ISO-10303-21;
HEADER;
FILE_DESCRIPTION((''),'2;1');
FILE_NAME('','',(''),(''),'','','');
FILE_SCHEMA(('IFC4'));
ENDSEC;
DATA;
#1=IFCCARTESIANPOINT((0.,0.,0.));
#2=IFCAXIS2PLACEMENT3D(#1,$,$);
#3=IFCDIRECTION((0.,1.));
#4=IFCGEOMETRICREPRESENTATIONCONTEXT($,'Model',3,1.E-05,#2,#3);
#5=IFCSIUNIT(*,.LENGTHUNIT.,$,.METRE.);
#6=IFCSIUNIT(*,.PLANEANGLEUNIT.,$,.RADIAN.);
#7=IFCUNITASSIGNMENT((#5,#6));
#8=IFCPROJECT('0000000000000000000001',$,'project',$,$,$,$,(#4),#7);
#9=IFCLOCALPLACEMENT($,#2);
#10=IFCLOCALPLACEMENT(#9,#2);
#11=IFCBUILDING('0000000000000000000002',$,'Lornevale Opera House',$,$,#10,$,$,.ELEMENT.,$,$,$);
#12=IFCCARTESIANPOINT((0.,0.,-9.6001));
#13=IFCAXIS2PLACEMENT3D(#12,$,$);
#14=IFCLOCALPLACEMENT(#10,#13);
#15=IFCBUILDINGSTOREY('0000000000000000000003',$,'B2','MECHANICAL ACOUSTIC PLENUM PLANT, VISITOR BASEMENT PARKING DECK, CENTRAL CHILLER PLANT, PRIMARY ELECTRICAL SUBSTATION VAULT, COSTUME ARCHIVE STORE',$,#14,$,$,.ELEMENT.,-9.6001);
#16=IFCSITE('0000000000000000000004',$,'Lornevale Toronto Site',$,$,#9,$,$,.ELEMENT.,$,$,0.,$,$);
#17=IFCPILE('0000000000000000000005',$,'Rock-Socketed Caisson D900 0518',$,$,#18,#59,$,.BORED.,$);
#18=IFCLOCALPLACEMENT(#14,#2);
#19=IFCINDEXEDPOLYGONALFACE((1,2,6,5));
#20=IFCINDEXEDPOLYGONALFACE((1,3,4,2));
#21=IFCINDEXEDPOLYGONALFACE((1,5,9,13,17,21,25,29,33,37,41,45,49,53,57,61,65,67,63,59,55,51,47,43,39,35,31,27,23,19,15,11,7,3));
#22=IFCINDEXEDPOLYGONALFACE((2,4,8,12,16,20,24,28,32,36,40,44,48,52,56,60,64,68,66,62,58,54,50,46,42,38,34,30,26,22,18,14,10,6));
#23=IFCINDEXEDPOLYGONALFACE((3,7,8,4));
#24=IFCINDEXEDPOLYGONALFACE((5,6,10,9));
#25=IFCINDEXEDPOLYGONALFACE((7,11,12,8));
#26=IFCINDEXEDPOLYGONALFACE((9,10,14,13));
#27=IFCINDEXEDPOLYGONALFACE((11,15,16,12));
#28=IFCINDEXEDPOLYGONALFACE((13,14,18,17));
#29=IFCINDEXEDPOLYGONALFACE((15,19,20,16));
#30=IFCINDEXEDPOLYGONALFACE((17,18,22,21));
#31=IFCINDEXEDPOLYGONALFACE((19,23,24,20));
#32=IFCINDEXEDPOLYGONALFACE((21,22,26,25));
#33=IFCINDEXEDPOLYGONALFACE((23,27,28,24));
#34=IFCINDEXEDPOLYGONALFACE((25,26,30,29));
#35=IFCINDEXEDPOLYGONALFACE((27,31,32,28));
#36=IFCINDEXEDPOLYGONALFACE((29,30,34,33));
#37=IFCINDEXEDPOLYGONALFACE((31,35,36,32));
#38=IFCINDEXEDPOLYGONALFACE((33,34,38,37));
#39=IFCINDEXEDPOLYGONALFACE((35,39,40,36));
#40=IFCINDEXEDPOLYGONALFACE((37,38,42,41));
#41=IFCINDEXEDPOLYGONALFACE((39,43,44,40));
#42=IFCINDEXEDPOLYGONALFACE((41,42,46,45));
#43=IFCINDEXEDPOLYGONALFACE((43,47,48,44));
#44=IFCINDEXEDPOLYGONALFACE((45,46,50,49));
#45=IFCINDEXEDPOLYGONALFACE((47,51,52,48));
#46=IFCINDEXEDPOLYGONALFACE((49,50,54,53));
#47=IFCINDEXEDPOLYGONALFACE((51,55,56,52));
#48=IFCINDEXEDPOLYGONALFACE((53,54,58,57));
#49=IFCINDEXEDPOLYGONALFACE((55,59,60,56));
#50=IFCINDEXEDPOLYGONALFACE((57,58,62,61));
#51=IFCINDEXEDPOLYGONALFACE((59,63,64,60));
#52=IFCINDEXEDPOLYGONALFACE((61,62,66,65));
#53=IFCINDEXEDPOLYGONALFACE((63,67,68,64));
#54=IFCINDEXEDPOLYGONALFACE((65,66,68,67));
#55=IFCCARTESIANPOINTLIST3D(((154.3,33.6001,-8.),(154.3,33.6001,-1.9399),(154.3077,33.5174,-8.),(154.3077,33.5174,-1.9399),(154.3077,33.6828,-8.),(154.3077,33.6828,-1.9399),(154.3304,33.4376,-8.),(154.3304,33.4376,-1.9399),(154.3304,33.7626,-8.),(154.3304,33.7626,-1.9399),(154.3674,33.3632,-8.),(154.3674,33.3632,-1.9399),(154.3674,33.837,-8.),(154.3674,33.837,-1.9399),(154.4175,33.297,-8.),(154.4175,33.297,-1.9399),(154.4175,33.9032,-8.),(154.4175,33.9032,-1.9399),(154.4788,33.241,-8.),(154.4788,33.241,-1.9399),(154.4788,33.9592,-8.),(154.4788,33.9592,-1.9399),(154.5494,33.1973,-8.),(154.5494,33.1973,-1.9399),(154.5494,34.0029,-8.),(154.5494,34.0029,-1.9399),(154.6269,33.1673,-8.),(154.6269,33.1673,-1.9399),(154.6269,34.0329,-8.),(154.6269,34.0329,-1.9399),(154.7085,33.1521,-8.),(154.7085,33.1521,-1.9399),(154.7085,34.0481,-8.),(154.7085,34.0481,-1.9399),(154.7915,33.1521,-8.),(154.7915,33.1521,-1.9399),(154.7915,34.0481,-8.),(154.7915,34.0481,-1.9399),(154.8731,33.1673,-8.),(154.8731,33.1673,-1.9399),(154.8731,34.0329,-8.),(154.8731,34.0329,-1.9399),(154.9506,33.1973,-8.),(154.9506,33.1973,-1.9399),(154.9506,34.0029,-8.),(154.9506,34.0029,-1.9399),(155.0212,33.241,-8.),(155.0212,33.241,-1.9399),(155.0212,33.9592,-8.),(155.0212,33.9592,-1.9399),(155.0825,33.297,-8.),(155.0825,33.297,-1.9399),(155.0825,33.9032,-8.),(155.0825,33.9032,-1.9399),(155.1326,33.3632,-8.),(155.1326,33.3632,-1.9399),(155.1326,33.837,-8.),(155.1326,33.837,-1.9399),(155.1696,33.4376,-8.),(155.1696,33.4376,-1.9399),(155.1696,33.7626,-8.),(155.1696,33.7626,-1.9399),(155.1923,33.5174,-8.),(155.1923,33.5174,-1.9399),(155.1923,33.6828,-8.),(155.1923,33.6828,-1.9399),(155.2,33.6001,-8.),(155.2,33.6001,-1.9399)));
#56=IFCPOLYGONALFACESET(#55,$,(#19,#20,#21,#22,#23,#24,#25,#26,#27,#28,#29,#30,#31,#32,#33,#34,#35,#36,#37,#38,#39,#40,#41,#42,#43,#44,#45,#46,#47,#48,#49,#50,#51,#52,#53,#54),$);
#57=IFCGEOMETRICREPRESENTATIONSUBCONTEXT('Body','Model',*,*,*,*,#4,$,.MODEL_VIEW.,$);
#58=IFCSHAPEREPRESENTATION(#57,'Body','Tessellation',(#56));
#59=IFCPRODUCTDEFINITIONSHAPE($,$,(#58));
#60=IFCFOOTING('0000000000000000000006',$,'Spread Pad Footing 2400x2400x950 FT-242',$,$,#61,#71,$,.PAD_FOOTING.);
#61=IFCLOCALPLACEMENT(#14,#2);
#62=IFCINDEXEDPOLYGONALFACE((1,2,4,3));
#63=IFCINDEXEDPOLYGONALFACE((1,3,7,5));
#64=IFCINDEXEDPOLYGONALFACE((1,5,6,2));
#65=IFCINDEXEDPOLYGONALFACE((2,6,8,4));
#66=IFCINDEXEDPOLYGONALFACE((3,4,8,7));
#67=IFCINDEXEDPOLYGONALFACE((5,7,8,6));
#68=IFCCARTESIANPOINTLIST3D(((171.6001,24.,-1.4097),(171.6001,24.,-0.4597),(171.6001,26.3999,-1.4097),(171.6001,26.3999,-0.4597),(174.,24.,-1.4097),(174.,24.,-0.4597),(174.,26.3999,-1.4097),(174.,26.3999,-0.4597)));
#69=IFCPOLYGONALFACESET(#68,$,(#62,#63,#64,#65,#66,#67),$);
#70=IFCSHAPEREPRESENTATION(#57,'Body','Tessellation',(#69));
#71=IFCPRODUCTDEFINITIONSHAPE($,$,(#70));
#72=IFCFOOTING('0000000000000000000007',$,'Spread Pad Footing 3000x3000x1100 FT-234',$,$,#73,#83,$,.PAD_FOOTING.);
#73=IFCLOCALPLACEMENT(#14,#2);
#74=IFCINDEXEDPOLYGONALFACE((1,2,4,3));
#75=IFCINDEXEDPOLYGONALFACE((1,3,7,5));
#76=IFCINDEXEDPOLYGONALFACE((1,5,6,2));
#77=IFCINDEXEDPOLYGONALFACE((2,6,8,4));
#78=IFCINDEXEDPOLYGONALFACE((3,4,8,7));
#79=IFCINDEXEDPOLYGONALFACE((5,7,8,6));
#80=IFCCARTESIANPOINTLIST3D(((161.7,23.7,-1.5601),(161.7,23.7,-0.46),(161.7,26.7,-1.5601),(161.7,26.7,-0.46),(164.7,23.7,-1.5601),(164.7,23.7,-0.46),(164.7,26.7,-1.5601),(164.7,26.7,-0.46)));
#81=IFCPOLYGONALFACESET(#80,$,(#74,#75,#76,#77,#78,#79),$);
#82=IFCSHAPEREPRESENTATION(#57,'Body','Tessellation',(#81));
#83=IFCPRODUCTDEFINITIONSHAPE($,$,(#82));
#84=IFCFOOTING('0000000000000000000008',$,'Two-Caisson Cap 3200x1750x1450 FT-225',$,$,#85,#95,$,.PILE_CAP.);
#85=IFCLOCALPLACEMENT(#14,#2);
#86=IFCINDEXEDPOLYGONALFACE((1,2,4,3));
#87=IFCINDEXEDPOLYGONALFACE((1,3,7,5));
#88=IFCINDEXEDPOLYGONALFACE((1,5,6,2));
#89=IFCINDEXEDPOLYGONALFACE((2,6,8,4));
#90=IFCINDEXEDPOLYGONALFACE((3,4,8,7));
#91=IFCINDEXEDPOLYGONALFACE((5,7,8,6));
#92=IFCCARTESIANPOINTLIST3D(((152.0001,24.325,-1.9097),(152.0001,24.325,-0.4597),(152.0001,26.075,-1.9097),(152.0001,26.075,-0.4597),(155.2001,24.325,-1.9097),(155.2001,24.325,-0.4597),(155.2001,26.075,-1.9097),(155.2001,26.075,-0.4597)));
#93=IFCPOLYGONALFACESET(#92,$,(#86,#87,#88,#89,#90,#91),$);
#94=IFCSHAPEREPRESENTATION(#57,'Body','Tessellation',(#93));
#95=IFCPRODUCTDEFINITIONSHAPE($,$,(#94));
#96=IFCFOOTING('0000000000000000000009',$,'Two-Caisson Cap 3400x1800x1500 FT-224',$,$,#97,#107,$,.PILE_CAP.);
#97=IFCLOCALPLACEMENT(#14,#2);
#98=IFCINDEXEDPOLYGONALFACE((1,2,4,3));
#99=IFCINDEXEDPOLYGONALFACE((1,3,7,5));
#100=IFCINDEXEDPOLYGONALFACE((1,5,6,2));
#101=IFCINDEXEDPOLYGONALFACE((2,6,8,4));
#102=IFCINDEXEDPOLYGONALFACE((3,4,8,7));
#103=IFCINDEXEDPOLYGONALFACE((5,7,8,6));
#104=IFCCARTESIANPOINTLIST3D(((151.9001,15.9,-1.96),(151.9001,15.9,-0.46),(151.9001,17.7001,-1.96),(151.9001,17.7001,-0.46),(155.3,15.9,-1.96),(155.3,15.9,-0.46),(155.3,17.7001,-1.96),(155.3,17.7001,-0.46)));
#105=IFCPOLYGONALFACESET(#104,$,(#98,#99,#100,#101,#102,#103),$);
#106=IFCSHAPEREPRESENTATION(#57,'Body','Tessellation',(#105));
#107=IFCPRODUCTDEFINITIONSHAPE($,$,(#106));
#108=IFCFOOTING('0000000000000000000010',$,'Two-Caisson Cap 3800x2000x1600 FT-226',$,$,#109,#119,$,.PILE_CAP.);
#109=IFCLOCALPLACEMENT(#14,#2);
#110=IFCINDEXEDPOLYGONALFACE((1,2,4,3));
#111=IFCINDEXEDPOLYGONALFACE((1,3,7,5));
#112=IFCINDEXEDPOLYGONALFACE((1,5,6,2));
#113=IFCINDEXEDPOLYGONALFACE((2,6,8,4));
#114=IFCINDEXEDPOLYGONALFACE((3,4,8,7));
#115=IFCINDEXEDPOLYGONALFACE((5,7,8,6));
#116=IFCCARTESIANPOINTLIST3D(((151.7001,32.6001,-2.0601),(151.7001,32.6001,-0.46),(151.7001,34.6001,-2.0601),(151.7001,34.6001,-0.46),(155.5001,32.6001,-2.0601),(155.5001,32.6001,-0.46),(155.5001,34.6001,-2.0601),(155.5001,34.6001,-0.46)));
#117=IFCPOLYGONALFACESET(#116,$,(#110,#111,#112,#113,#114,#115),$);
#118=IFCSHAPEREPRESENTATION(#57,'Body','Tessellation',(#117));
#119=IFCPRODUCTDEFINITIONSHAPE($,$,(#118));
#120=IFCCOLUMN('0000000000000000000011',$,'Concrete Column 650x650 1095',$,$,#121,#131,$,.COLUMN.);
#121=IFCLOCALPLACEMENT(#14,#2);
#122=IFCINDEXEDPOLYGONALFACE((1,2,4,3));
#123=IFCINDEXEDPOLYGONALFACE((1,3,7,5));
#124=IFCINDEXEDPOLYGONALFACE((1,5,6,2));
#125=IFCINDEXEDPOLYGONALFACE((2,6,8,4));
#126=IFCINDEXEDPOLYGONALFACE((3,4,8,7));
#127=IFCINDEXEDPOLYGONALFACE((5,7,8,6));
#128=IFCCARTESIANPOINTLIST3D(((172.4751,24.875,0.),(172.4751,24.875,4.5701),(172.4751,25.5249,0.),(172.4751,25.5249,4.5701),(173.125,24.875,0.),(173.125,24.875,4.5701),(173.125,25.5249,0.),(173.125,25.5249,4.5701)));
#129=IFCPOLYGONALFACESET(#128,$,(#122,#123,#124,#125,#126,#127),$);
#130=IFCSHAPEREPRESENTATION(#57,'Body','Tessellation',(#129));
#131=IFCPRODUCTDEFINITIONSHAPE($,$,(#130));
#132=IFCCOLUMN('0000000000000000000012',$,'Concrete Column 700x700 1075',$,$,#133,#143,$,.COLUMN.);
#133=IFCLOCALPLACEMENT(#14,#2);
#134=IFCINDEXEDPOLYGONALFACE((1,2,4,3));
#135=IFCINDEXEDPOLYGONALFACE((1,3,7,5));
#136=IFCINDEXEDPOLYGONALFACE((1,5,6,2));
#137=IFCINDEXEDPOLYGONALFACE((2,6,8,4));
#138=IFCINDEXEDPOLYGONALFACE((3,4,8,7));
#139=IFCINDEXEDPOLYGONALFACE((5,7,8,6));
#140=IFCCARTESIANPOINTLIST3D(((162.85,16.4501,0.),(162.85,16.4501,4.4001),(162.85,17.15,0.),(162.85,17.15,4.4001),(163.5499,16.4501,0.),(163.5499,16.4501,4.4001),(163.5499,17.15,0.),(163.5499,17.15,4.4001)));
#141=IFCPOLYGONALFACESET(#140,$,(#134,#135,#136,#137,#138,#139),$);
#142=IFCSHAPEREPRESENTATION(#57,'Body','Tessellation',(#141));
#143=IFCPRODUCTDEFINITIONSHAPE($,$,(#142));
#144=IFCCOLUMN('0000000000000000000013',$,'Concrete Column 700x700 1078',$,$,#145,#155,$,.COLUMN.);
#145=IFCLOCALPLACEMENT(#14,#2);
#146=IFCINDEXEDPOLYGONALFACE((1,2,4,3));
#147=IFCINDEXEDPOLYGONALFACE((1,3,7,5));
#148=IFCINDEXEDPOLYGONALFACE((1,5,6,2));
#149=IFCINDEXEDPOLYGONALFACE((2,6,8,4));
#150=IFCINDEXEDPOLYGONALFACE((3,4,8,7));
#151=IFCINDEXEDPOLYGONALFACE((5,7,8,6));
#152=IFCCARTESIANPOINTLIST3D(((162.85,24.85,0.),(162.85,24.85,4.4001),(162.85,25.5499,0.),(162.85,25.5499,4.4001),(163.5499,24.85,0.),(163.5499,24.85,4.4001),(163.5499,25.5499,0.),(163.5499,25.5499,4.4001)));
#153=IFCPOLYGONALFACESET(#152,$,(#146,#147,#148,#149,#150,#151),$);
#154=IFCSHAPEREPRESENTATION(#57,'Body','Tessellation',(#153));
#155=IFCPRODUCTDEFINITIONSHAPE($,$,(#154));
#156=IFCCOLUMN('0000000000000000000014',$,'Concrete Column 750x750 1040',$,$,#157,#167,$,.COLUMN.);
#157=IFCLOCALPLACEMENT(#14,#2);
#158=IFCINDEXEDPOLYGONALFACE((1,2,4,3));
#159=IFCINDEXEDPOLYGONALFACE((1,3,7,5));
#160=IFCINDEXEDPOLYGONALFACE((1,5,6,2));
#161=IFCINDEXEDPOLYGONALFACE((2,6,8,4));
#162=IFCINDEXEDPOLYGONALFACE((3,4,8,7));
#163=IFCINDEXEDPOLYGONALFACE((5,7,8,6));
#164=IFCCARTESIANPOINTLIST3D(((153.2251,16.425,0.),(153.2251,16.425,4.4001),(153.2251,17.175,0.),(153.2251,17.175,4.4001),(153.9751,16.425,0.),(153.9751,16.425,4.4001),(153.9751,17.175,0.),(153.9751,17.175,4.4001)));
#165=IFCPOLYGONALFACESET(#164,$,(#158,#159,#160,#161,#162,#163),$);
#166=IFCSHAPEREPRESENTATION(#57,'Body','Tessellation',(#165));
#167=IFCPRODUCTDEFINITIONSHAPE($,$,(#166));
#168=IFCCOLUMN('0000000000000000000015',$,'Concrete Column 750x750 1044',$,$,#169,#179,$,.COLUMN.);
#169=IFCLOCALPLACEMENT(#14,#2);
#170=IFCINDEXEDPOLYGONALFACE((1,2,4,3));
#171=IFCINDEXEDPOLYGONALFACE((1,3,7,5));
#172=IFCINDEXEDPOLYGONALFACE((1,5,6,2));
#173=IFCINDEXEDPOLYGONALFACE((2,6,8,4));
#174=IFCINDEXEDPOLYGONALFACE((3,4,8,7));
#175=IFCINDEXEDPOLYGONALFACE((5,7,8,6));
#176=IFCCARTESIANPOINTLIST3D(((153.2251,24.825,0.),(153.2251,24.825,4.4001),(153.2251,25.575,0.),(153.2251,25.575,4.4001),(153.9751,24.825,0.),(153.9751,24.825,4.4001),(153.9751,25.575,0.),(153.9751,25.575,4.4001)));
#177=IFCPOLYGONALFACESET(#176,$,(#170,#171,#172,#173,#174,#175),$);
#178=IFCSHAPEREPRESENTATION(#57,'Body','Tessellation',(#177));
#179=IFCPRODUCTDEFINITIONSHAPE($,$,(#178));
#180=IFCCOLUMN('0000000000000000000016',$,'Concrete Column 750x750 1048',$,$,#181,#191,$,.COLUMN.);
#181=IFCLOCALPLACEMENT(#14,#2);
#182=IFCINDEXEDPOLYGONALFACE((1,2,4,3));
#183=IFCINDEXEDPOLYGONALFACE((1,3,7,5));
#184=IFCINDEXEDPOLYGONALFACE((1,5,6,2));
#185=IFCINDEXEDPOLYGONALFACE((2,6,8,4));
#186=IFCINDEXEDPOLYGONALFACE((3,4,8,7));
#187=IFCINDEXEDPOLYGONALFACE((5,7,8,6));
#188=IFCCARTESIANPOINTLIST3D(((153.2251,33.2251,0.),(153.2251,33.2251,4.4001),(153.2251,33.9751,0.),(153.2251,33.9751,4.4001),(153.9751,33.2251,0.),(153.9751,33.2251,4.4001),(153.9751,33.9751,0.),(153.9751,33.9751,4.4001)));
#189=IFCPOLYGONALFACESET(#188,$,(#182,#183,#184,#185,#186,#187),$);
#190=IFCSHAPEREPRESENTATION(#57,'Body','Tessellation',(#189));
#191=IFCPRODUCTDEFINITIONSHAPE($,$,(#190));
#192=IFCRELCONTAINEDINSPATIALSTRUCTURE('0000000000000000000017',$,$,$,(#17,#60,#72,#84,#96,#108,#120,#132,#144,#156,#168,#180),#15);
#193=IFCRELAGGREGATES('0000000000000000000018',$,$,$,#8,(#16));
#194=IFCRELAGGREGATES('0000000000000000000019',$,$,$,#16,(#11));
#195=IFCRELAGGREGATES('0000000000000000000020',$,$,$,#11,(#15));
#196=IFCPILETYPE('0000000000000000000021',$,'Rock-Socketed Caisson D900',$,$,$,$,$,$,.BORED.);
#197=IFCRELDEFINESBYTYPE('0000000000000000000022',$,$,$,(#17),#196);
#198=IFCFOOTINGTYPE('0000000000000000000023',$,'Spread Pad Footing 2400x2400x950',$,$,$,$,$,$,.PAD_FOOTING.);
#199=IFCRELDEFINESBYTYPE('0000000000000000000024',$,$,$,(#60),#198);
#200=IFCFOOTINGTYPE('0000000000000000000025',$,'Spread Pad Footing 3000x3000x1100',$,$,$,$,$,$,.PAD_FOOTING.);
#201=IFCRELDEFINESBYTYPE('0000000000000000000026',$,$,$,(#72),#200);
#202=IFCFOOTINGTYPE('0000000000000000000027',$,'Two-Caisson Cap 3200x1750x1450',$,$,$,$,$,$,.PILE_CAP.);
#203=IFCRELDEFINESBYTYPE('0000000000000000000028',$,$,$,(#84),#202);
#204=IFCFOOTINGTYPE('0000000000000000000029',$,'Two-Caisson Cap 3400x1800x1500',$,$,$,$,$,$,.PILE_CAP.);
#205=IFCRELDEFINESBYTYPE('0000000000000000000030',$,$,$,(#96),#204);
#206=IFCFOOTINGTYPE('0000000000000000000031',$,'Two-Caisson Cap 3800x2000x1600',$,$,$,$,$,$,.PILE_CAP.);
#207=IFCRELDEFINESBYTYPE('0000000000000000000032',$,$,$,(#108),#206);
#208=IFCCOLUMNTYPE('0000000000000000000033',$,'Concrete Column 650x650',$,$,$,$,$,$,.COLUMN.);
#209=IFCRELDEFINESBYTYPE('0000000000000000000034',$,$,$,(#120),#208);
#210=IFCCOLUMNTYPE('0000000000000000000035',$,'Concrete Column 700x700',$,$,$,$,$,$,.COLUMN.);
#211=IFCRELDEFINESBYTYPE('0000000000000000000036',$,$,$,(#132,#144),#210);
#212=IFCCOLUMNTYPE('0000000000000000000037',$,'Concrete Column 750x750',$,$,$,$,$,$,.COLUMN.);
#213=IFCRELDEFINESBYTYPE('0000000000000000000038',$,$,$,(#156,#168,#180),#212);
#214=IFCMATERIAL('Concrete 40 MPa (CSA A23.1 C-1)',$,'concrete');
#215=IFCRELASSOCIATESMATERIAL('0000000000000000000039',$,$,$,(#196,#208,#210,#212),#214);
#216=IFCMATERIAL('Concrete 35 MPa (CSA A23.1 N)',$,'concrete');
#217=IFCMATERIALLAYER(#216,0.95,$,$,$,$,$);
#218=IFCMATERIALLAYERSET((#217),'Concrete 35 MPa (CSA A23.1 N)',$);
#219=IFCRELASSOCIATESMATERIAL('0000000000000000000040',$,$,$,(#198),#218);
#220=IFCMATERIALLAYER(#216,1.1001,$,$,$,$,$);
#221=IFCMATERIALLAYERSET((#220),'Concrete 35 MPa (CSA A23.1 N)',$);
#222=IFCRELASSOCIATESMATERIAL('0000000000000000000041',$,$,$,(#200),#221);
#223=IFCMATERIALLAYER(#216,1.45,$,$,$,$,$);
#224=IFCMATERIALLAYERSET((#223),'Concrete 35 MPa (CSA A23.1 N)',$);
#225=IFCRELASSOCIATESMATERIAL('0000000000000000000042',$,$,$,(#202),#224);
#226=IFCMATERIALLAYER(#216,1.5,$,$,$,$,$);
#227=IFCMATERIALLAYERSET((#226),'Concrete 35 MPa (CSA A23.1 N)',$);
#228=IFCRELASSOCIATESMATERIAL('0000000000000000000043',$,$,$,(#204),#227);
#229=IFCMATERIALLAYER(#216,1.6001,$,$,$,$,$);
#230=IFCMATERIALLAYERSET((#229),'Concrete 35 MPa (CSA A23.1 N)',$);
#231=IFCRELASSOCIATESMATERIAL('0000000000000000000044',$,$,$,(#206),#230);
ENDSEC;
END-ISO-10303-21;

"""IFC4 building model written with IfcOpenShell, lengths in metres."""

from ifc_helpers import new_model, si_unit, direction, frame, origin, origin_2d, place, context, subcontext, project, spatial, rectangle, circle, extrude, material, layer, layer_set, material_profile, profile_set, type_object, element, save


model = new_model("IFC4")

# Units and contexts
model_context = context("Model", 3, precision=1e-05, world=origin(), true_north=direction((0.0, 1.0)))
body_context = subcontext(model_context, "Body", "Model", "MODEL_VIEW")
ifc_project = project(units=[si_unit("LENGTHUNIT", "METRE"), si_unit("PLANEANGLEUNIT", "RADIAN")], contexts=[model_context])

# Site, building, storey
site_placement = place(None, origin())
site = spatial("IfcSite", under=ifc_project, at=site_placement, Name="Lornevale Toronto Site", CompositionType="ELEMENT", RefElevation=0.0)
building_placement = place(site_placement, origin())
building = spatial("IfcBuilding", under=site, at=building_placement, Name="Lornevale Opera House", CompositionType="ELEMENT")
storey_placement = place(building_placement, frame((0.0, 0.0, -9.6001)))
storey = spatial("IfcBuildingStorey", under=building, at=storey_placement, Name="B2", Description="MECHANICAL ACOUSTIC PLENUM PLANT, VISITOR BASEMENT PARKING DECK, CENTRAL CHILLER PLANT, PRIMARY ELECTRICAL SUBSTATION VAULT, COSTUME ARCHIVE STORE", CompositionType="ELEMENT", Elevation=-9.6001)

# Shared definitions
ifc_material_1 = material(Name="Concrete 35 MPa (CSA A23.1 N)", Category="concrete")

# Shared definitions
ifc_material_2 = material(Name="Concrete 40 MPa (CSA A23.1 C-1)", Category="concrete")

# Pile
ifc_material_profile_1 = material_profile(ifc_material_2, circle(Radius=0.45, at=origin_2d()), Name="CAIS900")
ifc_profile_set_1 = profile_set([ifc_material_profile_1], Name="Concrete 40 MPa (CSA A23.1 C-1)")
pile_type_1 = type_object("IfcPileType", Name="Rock-Socketed Caisson D900", PredefinedType="BORED", material=ifc_profile_set_1)
pile_1_placement = place(storey_placement, frame((154.75, 33.6001, -1.9399), z_axis=(0.0, 0.0, -1.0), x_axis=(1.0, 0.0, 0.0)))
element("IfcPile", 1, at=pile_1_placement, inside=storey, type_object=pile_type_1, Name="Rock-Socketed Caisson D900 0518", PredefinedType="BORED", context=body_context, shape_type="SweptSolid", body=[
    extrude(circle(Radius=0.45, at=origin_2d()), origin(), (0.0, 0.0, 1.0), 6.0601),
])

# Footings
ifc_layer_1 = layer(ifc_material_1, 0.95)
ifc_layer_set_1 = layer_set([ifc_layer_1], Name="Concrete 35 MPa (CSA A23.1 N)")
footing_type_1 = type_object("IfcFootingType", Name="Spread Pad Footing 2400x2400x950", PredefinedType="PAD_FOOTING", material=ifc_layer_set_1)
footing_1_placement = place(storey_placement, frame((172.8, 25.2, -1.4097), z_axis=(0.0, 0.0, 1.0), x_axis=(1.0, 0.0, 0.0)))
element("IfcFooting", 2, at=footing_1_placement, inside=storey, type_object=footing_type_1, Name="Spread Pad Footing 2400x2400x950 FT-242", PredefinedType="PAD_FOOTING", context=body_context, shape_type="SweptSolid", body=[
    extrude(rectangle(XDim=2.3999, YDim=2.3999, at=origin_2d()), origin(), (0.0, 0.0, 1.0), 0.95),
])
ifc_layer_2 = layer(ifc_material_1, 1.1001)
ifc_layer_set_2 = layer_set([ifc_layer_2], Name="Concrete 35 MPa (CSA A23.1 N)")
footing_type_2 = type_object("IfcFootingType", Name="Spread Pad Footing 3000x3000x1100", PredefinedType="PAD_FOOTING", material=ifc_layer_set_2)
footing_2_placement = place(storey_placement, frame((163.2, 25.2, -1.5601), z_axis=(0.0, 0.0, 1.0), x_axis=(1.0, 0.0, 0.0)))
element("IfcFooting", 3, at=footing_2_placement, inside=storey, type_object=footing_type_2, Name="Spread Pad Footing 3000x3000x1100 FT-234", PredefinedType="PAD_FOOTING", context=body_context, shape_type="SweptSolid", body=[
    extrude(rectangle(XDim=3.0, YDim=3.0, at=origin_2d()), origin(), (0.0, 0.0, 1.0), 1.1001),
])
ifc_layer_3 = layer(ifc_material_1, 1.45)
ifc_layer_set_3 = layer_set([ifc_layer_3], Name="Concrete 35 MPa (CSA A23.1 N)")
footing_type_3 = type_object("IfcFootingType", Name="Two-Caisson Cap 3200x1750x1450", PredefinedType="PILE_CAP", material=ifc_layer_set_3)
footing_3_placement = place(storey_placement, frame((153.6001, 25.2, -1.9097), z_axis=(0.0, 0.0, 1.0), x_axis=(1.0, 0.0, 0.0)))
element("IfcFooting", 4, at=footing_3_placement, inside=storey, type_object=footing_type_3, Name="Two-Caisson Cap 3200x1750x1450 FT-225", PredefinedType="PILE_CAP", context=body_context, shape_type="SweptSolid", body=[
    extrude(rectangle(XDim=3.2, YDim=1.75, at=origin_2d()), origin(), (0.0, 0.0, 1.0), 1.45),
])
ifc_layer_4 = layer(ifc_material_1, 1.5)
ifc_layer_set_4 = layer_set([ifc_layer_4], Name="Concrete 35 MPa (CSA A23.1 N)")
footing_type_4 = type_object("IfcFootingType", Name="Two-Caisson Cap 3400x1800x1500", PredefinedType="PILE_CAP", material=ifc_layer_set_4)
footing_4_placement = place(storey_placement, frame((153.6001, 16.8, -1.96), z_axis=(0.0, 0.0, 1.0), x_axis=(1.0, 0.0, 0.0)))
element("IfcFooting", 5, at=footing_4_placement, inside=storey, type_object=footing_type_4, Name="Two-Caisson Cap 3400x1800x1500 FT-224", PredefinedType="PILE_CAP", context=body_context, shape_type="SweptSolid", body=[
    extrude(rectangle(XDim=3.3999, YDim=1.8, at=origin_2d()), origin(), (0.0, 0.0, 1.0), 1.5),
])
ifc_layer_5 = layer(ifc_material_1, 1.6001)
ifc_layer_set_5 = layer_set([ifc_layer_5], Name="Concrete 35 MPa (CSA A23.1 N)")
footing_type_5 = type_object("IfcFootingType", Name="Two-Caisson Cap 3800x2000x1600", PredefinedType="PILE_CAP", material=ifc_layer_set_5)
footing_5_placement = place(storey_placement, frame((153.6001, 33.6001, -2.0601), z_axis=(0.0, 0.0, 1.0), x_axis=(1.0, 0.0, 0.0)))
element("IfcFooting", 6, at=footing_5_placement, inside=storey, type_object=footing_type_5, Name="Two-Caisson Cap 3800x2000x1600 FT-226", PredefinedType="PILE_CAP", context=body_context, shape_type="SweptSolid", body=[
    extrude(rectangle(XDim=3.8, YDim=2.0, at=origin_2d()), origin(), (0.0, 0.0, 1.0), 1.6001),
])

# Columns
ifc_material_profile_2 = material_profile(ifc_material_2, rectangle(XDim=0.6499, YDim=0.6499, at=origin_2d()), Name="RC650x650")
ifc_profile_set_2 = profile_set([ifc_material_profile_2], Name="Concrete 40 MPa (CSA A23.1 C-1)")
column_type_1 = type_object("IfcColumnType", Name="Concrete Column 650x650", PredefinedType="COLUMN", material=ifc_profile_set_2)
column_placement = place(storey_placement, frame((172.8, 25.2, 0.0), z_axis=(0.0, 0.0, 1.0), x_axis=(1.0, 0.0, 0.0)))
element("IfcColumn", 7, at=column_placement, inside=storey, type_object=column_type_1, Name="Concrete Column 650x650 1095", PredefinedType="COLUMN", context=body_context, shape_type="SweptSolid", body=[
    extrude(rectangle(XDim=0.6499, YDim=0.6499, at=origin_2d()), origin(), (0.0, 0.0, 1.0), 4.5701),
])
ifc_material_profile_3 = material_profile(ifc_material_2, rectangle(XDim=0.7, YDim=0.7, at=origin_2d()), Name="RC700x700")
ifc_profile_set_3 = profile_set([ifc_material_profile_3], Name="Concrete 40 MPa (CSA A23.1 C-1)")
column_type_2 = type_object("IfcColumnType", Name="Concrete Column 700x700", PredefinedType="COLUMN", material=ifc_profile_set_3)
for number, where, z_axis, x_axis, name in (
    (8, (163.2, 16.8, 0.0), (0.0, 0.0, 1.0), (1.0, 0.0, 0.0), "Concrete Column 700x700 1075"),
    (9, (163.2, 25.2, 0.0), (0.0, 0.0, 1.0), (1.0, 0.0, 0.0), "Concrete Column 700x700 1078"),
):
    element("IfcColumn", number, at=place(storey_placement, frame(where, z_axis=z_axis, x_axis=x_axis)), inside=storey, type_object=column_type_2, Name=name, PredefinedType="COLUMN", context=body_context, shape_type="SweptSolid", body=[
        extrude(rectangle(XDim=0.7, YDim=0.7, at=origin_2d()), origin(), (0.0, 0.0, 1.0), 4.4001),
    ])
ifc_material_profile_4 = material_profile(ifc_material_2, rectangle(XDim=0.75, YDim=0.75, at=origin_2d()), Name="RC750x750")
ifc_profile_set_4 = profile_set([ifc_material_profile_4], Name="Concrete 40 MPa (CSA A23.1 C-1)")
column_type_3 = type_object("IfcColumnType", Name="Concrete Column 750x750", PredefinedType="COLUMN", material=ifc_profile_set_4)
for number, where, z_axis, x_axis, name in (
    (10, (153.6001, 16.8, 0.0), (0.0, 0.0, 1.0), (1.0, 0.0, 0.0), "Concrete Column 750x750 1040"),
    (11, (153.6001, 25.2, 0.0), (0.0, 0.0, 1.0), (1.0, 0.0, 0.0), "Concrete Column 750x750 1044"),
    (12, (153.6001, 33.6001, 0.0), (0.0, 0.0, 1.0), (1.0, 0.0, 0.0), "Concrete Column 750x750 1048"),
):
    element("IfcColumn", number, at=place(storey_placement, frame(where, z_axis=z_axis, x_axis=x_axis)), inside=storey, type_object=column_type_3, Name=name, PredefinedType="COLUMN", context=body_context, shape_type="SweptSolid", body=[
        extrude(rectangle(XDim=0.75, YDim=0.75, at=origin_2d()), origin(), (0.0, 0.0, 1.0), 4.4001),
    ])

save(model, "model.ifc")
